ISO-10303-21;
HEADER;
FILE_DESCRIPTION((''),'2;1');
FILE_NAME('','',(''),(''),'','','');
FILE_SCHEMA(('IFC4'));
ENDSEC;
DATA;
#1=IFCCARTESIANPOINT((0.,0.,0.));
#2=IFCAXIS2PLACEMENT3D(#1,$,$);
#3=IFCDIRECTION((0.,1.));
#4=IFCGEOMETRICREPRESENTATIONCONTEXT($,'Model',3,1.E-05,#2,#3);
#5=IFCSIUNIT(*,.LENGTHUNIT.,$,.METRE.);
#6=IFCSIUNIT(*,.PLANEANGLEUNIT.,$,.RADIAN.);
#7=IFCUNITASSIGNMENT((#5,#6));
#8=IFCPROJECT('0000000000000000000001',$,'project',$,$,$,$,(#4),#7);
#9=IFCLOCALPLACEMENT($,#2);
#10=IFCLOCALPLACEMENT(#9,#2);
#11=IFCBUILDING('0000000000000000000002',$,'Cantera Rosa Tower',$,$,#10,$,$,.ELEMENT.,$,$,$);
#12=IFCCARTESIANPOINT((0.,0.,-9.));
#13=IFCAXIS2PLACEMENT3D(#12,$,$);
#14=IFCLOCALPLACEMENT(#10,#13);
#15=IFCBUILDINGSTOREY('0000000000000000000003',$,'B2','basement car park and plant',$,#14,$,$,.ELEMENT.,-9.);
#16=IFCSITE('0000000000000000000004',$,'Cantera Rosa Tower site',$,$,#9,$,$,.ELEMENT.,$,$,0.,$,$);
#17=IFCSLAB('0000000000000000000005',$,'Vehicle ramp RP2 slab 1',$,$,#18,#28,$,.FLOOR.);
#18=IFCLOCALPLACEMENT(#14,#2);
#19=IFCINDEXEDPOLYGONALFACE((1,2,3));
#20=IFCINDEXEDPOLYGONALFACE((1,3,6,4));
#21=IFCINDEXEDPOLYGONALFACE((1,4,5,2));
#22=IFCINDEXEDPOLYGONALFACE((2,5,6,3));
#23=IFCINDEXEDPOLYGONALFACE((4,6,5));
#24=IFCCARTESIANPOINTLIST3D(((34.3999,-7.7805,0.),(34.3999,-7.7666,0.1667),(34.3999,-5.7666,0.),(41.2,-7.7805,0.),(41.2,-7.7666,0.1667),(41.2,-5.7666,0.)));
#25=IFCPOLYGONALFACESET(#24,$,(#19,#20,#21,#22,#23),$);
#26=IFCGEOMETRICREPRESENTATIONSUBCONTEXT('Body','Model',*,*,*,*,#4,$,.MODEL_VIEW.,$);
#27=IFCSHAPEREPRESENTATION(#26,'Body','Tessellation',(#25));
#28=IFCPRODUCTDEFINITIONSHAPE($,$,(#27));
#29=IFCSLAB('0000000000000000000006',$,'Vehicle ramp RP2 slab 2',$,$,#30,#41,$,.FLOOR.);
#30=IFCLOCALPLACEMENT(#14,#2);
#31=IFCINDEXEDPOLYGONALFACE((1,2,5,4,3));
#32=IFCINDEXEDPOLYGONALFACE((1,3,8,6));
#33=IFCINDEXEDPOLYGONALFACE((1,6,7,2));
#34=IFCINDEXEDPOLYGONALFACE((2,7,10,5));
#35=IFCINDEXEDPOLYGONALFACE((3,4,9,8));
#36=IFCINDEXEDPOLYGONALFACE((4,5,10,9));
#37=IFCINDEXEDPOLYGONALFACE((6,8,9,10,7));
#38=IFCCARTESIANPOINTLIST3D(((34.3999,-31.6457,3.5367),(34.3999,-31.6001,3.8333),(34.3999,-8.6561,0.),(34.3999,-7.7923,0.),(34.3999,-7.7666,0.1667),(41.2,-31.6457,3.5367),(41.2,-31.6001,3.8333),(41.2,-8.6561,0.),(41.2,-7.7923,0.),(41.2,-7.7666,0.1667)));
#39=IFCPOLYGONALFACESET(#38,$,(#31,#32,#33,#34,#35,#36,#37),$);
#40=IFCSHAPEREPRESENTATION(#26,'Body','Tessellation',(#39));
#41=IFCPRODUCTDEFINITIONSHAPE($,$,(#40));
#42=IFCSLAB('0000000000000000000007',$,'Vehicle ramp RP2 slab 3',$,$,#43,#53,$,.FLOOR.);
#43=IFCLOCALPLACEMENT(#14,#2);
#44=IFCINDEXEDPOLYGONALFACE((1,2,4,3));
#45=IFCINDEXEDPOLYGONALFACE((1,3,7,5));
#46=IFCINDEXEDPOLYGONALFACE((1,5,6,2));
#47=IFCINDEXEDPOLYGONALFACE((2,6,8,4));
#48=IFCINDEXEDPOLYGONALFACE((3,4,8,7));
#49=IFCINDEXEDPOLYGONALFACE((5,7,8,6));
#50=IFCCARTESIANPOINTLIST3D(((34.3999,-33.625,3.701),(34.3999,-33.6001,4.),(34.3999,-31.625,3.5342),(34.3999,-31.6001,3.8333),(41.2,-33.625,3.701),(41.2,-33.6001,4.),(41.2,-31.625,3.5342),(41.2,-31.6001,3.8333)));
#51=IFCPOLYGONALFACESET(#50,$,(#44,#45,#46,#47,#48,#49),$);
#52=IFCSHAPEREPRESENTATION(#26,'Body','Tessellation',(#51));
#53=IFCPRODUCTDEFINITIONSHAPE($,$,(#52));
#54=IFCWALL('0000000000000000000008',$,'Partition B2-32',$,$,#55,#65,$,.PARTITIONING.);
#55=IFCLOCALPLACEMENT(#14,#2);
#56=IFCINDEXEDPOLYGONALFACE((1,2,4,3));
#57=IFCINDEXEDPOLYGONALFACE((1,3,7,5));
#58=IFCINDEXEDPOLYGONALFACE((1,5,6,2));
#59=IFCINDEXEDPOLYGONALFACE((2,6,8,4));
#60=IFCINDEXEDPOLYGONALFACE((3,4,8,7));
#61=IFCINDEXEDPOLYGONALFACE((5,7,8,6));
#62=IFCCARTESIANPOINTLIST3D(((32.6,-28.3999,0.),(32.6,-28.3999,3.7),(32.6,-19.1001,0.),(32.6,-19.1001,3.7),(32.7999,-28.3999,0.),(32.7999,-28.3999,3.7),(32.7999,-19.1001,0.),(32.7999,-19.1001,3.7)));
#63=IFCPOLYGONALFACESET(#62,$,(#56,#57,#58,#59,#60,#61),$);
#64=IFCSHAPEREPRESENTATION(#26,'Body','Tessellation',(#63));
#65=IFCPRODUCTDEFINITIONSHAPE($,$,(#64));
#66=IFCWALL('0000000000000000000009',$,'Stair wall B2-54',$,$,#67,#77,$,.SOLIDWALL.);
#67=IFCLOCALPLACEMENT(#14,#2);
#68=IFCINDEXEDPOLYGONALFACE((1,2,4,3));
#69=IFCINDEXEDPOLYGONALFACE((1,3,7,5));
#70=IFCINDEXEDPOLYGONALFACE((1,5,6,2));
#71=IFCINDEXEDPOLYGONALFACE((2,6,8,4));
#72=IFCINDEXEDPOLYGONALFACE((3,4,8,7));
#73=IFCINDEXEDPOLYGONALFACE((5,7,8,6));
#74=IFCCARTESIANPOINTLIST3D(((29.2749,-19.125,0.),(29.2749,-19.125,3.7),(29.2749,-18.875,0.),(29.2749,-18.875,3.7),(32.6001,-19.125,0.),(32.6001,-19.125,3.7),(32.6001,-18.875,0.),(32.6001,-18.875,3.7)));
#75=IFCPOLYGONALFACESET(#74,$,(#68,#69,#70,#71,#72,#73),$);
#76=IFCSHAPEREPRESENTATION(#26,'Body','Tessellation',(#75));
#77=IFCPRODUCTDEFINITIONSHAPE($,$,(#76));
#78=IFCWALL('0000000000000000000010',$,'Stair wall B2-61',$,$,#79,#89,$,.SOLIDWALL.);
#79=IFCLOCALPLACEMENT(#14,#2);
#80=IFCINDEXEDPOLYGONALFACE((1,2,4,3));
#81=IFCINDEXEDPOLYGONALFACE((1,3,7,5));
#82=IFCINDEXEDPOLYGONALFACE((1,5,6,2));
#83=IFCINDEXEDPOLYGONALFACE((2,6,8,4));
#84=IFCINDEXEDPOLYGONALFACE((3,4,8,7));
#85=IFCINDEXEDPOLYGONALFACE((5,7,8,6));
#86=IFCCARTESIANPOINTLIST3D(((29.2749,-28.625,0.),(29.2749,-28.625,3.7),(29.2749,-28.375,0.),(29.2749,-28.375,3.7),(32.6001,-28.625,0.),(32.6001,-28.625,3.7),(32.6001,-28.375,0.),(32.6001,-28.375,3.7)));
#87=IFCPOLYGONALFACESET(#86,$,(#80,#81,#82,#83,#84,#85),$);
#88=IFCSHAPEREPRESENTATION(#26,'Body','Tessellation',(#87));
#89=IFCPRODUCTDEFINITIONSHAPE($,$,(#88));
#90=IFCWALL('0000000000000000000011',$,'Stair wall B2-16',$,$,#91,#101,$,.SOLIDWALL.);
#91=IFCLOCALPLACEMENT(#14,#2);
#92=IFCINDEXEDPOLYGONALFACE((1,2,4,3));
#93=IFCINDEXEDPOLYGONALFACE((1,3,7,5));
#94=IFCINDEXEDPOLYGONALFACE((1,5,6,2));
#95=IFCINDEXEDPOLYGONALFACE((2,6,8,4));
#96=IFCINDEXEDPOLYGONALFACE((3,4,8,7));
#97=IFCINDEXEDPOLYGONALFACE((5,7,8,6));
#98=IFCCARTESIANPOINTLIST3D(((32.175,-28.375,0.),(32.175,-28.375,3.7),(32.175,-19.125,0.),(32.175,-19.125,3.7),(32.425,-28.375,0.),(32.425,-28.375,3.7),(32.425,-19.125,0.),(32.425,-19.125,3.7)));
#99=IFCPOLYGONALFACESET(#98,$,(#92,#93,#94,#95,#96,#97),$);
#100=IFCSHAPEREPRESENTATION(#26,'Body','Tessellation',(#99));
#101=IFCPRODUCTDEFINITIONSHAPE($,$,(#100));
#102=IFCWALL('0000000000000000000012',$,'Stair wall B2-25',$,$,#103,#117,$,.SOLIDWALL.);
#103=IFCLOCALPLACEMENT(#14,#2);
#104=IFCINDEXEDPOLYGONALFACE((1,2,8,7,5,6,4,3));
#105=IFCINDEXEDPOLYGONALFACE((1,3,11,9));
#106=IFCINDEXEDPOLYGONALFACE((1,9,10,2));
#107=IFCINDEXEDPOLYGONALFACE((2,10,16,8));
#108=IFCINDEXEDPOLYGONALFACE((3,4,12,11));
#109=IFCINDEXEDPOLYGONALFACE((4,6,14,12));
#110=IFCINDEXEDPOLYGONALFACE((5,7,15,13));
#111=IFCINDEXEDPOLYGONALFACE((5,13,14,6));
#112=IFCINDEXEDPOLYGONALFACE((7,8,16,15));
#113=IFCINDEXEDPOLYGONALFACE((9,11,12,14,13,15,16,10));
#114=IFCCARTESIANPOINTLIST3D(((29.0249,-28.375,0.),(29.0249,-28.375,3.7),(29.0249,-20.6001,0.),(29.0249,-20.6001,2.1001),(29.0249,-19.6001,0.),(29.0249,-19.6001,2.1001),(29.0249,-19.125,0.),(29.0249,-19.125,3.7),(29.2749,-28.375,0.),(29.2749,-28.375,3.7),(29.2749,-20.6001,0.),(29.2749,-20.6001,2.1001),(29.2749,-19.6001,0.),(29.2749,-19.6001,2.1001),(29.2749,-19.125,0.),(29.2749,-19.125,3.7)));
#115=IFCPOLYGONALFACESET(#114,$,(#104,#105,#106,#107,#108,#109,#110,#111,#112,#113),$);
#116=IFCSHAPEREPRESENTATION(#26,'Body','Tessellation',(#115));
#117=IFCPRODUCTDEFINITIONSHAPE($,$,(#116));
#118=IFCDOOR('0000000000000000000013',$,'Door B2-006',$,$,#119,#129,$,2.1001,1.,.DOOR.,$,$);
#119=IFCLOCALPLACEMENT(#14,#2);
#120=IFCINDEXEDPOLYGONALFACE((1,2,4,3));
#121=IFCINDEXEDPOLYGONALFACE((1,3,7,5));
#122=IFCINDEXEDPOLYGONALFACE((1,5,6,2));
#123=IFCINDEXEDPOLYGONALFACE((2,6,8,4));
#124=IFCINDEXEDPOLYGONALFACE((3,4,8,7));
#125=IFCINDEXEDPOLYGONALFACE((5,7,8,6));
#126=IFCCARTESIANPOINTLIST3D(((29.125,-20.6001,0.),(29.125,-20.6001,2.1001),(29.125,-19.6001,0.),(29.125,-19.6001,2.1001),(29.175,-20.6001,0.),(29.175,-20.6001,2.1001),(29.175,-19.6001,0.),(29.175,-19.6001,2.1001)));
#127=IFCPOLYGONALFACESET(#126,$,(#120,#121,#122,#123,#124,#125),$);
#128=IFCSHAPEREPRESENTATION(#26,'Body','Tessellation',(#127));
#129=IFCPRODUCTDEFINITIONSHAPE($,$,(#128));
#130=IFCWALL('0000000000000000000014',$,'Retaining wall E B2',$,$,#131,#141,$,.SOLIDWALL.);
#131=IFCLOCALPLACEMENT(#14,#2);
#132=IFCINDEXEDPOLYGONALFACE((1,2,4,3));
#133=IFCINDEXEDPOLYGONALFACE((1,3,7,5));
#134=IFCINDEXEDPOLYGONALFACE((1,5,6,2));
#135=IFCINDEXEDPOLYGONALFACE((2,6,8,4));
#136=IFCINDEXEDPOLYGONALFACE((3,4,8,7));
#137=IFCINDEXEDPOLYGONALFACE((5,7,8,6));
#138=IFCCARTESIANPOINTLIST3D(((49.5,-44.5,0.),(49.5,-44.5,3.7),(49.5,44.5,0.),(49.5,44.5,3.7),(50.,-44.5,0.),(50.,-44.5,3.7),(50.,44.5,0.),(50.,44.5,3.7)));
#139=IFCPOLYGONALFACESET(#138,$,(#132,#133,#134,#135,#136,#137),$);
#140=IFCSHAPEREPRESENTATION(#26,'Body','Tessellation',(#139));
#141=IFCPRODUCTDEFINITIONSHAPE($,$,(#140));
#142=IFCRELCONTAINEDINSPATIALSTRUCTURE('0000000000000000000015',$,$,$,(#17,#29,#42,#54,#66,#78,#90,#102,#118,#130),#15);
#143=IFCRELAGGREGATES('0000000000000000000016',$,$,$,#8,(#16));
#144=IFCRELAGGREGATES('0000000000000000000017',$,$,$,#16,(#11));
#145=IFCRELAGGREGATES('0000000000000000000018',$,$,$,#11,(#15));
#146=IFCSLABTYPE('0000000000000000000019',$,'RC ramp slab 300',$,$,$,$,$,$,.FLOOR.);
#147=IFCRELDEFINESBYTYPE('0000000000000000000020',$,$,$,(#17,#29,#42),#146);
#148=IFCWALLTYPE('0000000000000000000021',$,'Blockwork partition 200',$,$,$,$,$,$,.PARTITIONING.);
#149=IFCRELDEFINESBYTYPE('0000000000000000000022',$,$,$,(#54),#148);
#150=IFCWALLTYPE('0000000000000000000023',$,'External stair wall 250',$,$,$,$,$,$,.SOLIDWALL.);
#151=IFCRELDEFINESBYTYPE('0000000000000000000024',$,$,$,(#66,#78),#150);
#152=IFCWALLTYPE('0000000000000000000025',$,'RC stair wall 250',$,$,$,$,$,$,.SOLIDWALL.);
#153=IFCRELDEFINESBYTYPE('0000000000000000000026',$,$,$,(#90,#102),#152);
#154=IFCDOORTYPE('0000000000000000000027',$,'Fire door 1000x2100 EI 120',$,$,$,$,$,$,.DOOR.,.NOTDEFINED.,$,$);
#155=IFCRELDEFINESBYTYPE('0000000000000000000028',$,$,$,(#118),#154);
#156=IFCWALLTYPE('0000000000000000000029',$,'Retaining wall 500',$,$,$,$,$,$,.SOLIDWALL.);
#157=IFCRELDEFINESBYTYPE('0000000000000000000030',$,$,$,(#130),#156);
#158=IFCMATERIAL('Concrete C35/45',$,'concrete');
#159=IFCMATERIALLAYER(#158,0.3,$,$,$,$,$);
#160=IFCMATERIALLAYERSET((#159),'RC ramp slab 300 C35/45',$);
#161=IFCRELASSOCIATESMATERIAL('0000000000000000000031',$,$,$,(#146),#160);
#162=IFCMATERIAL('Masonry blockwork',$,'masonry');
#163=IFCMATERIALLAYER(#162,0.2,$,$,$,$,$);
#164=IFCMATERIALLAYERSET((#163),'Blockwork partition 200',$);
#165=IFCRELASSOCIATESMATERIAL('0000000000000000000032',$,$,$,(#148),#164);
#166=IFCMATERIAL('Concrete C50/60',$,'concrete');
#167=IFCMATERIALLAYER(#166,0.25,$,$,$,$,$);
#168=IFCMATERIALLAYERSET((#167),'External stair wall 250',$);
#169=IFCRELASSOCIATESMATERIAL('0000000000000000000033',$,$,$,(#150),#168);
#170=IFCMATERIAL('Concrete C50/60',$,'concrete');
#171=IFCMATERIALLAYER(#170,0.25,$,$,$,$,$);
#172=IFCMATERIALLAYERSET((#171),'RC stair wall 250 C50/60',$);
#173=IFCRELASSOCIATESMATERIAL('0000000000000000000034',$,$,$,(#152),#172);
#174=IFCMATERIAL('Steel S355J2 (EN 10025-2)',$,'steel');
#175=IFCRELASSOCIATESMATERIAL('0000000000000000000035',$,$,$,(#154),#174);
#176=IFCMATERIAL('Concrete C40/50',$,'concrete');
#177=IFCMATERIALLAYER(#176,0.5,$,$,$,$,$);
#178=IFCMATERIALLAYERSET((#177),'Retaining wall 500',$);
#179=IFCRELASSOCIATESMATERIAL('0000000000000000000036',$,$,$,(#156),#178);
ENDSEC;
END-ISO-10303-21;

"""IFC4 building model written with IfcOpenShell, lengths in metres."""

from ifc_helpers import new_model, si_unit, direction, frame, frame_2d, origin, place, context, subcontext, project, spatial, polyline, rectangle, outline, extrude, clip, halfspace, material, layer, layer_set, type_object, element, fill, save


model = new_model("IFC4")

# Units and contexts
model_context = context("Model", 3, precision=1e-05, world=origin(), true_north=direction((0.0, 1.0)))
body_context = subcontext(model_context, "Body", "Model", "MODEL_VIEW")
ifc_project = project(units=[si_unit("LENGTHUNIT", "METRE"), si_unit("PLANEANGLEUNIT", "RADIAN")], contexts=[model_context])

# Site, building, storey
site_placement = place(None, origin())
site = spatial("IfcSite", under=ifc_project, at=site_placement, Name="Cantera Rosa Tower site", CompositionType="ELEMENT", RefElevation=0.0)
building_placement = place(site_placement, origin())
building = spatial("IfcBuilding", under=site, at=building_placement, Name="Cantera Rosa Tower", CompositionType="ELEMENT")
storey_placement = place(building_placement, frame((0.0, 0.0, -9.0)))
storey = spatial("IfcBuildingStorey", under=building, at=storey_placement, Name="B2", Description="basement car park and plant", CompositionType="ELEMENT", Elevation=-9.0)

# Slabs
ifc_material_1 = material(Name="Concrete C35/45", Category="concrete")
ifc_layer_1 = layer(ifc_material_1, 0.3)
ifc_layer_set_1 = layer_set([ifc_layer_1], Name="RC ramp slab 300 C35/45")
slab_type = type_object("IfcSlabType", Name="RC ramp slab 300", PredefinedType="FLOOR", material=ifc_layer_set_1)
slab_1_placement = place(storey_placement, frame((34.3999, -5.7666, 0.0), z_axis=(0.0, 0.083086, 0.996542), x_axis=(1.0, 0.0, 0.0)))
element("IfcSlab", 1, at=slab_1_placement, inside=storey, type_object=slab_type, Name="Vehicle ramp RP2 slab 1", PredefinedType="FLOOR", context=body_context, shape_type="Clipping", body=[
    clip(extrude(outline(polyline([(0.0, 0.0), (6.8, 0.0), (6.8, -2.0069), (0.0, -2.0069), (0.0, 0.0)])), origin(), (0.0, 0.0, -1.0), 0.3), halfspace(frame((0.0, 0.0, 0.0), z_axis=(0.0, -0.083086, 0.996542), x_axis=(1.0, 0.0, 0.0)), True)),
])
slab_2_placement = place(storey_placement, frame((34.3999, -7.7666, 0.1667), z_axis=(0.0, 0.15205, 0.988373), x_axis=(1.0, 0.0, 0.0)))
element("IfcSlab", 2, at=slab_2_placement, inside=storey, type_object=slab_type, Name="Vehicle ramp RP2 slab 2", PredefinedType="FLOOR", context=body_context, shape_type="Clipping", body=[
    clip(extrude(outline(polyline([(0.0, 0.0), (6.8, 0.0), (6.8, -24.1139), (0.0, -24.1139), (0.0, 0.0)])), origin(), (0.0, 0.0, -1.0), 0.3), halfspace(frame((0.0, 0.0254, -0.1648), z_axis=(0.0, -0.15205, 0.988373), x_axis=(1.0, 0.0, 0.0)), True)),
])
slab_3_placement = place(storey_placement, frame((34.3999, -31.6001, 3.8333), z_axis=(0.0, 0.083086, 0.996542), x_axis=(1.0, 0.0, 0.0)))
element("IfcSlab", 3, at=slab_3_placement, inside=storey, type_object=slab_type, Name="Vehicle ramp RP2 slab 3", PredefinedType="FLOOR", context=body_context, shape_type="Clipping", body=[
    clip(extrude(outline(polyline([(0.0, 0.0), (6.8, 0.0), (6.8, -2.0069), (0.0, -2.0069), (0.0, 0.0)])), origin(), (0.0, 0.0, -1.0), 0.3), halfspace(frame((0.0, 0.3186, -3.8201), z_axis=(0.0, -0.083086, 0.996542), x_axis=(1.0, 0.0, 0.0)), True)),
])

# Walls
ifc_material_2 = material(Name="Masonry blockwork", Category="masonry")
ifc_layer_2 = layer(ifc_material_2, 0.2)
ifc_layer_set_2 = layer_set([ifc_layer_2], Name="Blockwork partition 200")
wall_type_1 = type_object("IfcWallType", Name="Blockwork partition 200", PredefinedType="PARTITIONING", material=ifc_layer_set_2)
wall_1_placement = place(storey_placement, frame((32.7, -28.3999, 0.0), z_axis=(0.0, 0.0, 1.0), x_axis=(0.0, 1.0, 0.0)))
element("IfcWall", 4, at=wall_1_placement, inside=storey, type_object=wall_type_1, Name="Partition B2-32", PredefinedType="PARTITIONING", context=body_context, shape_type="SweptSolid", body=[
    extrude(rectangle(XDim=9.2998, YDim=0.2, at=frame_2d((4.6499, 0.0))), origin(), (0.0, 0.0, 1.0), 3.7),
])
ifc_material_3 = material(Name="Concrete C50/60", Category="concrete")
ifc_layer_3 = layer(ifc_material_3, 0.25)
ifc_layer_set_3 = layer_set([ifc_layer_3], Name="External stair wall 250")
wall_type_2 = type_object("IfcWallType", Name="External stair wall 250", PredefinedType="SOLIDWALL", material=ifc_layer_set_3)
for number, where, z_axis, x_axis, name in (
    (5, (29.2749, -19.0, 0.0), (0.0, 0.0, 1.0), (1.0, 0.0, 0.0), "Stair wall B2-54"),
    (6, (32.6001, -28.5, 0.0), (0.0, 0.0, 1.0), (-1.0, 0.0, 0.0), "Stair wall B2-61"),
):
    element("IfcWall", number, at=place(storey_placement, frame(where, z_axis=z_axis, x_axis=x_axis)), inside=storey, type_object=wall_type_2, Name=name, PredefinedType="SOLIDWALL", context=body_context, shape_type="SweptSolid", body=[
        extrude(rectangle(XDim=3.3252, YDim=0.25, at=frame_2d((1.6626, 0.0))), origin(), (0.0, 0.0, 1.0), 3.7),
    ])
ifc_material_4 = material(Name="Concrete C50/60", Category="concrete")
ifc_layer_4 = layer(ifc_material_4, 0.25)
ifc_layer_set_4 = layer_set([ifc_layer_4], Name="RC stair wall 250 C50/60")
wall_type_3 = type_object("IfcWallType", Name="RC stair wall 250", PredefinedType="SOLIDWALL", material=ifc_layer_set_4)
wall_2_placement = place(storey_placement, frame((32.3, -28.375, 0.0), z_axis=(0.0, 0.0, 1.0), x_axis=(0.0, 1.0, 0.0)))
element("IfcWall", 7, at=wall_2_placement, inside=storey, type_object=wall_type_3, Name="Stair wall B2-16", PredefinedType="SOLIDWALL", context=body_context, shape_type="SweptSolid", body=[
    extrude(rectangle(XDim=9.25, YDim=0.25, at=frame_2d((4.625, 0.0))), origin(), (0.0, 0.0, 1.0), 3.7),
])

# Wall, opening, door
wall_3_placement = place(storey_placement, frame((29.1499, -28.375, 0.0), z_axis=(0.0, 0.0, 1.0), x_axis=(0.0, 1.0, 0.0)))
wall_3 = element("IfcWall", 8, at=wall_3_placement, inside=storey, type_object=wall_type_3, Name="Stair wall B2-25", PredefinedType="SOLIDWALL", context=body_context, shape_type="SweptSolid", body=[
    extrude(rectangle(XDim=9.25, YDim=0.25, at=frame_2d((4.625, 0.0))), origin(), (0.0, 0.0, 1.0), 3.7),
])
opening_placement = place(wall_3_placement, frame((7.7749, 0.0, 0.0)))
opening = element("IfcOpeningElement", 9, at=opening_placement, cuts=wall_3, PredefinedType="OPENING", context=body_context, shape_type="SweptSolid", body=[
    extrude(rectangle(XDim=1.0, YDim=2.1001, at=frame_2d((0.5, 1.05))), frame((0.0, 0.135, 0.0), z_axis=(0.0, -1.0, 0.0), x_axis=(1.0, 0.0, 0.0)), (0.0, 0.0, 1.0), 0.27),
])
ifc_material_5 = material(Name="Steel S355J2 (EN 10025-2)", Category="steel")
door_type = type_object("IfcDoorType", Name="Fire door 1000x2100 EI 120", OperationType="NOTDEFINED", PredefinedType="DOOR", material=ifc_material_5)
door_placement = place(opening_placement, origin())
door = element("IfcDoor", 10, at=door_placement, inside=storey, type_object=door_type, Name="Door B2-006", OverallHeight=2.1001, OverallWidth=1.0, PredefinedType="DOOR", context=body_context, shape_type="SweptSolid", body=[
    extrude(rectangle(XDim=1.0, YDim=2.1001, at=frame_2d((0.5, 1.05))), frame((0.0, 0.0249, 0.0), z_axis=(0.0, -1.0, 0.0), x_axis=(1.0, 0.0, 0.0)), (0.0, 0.0, 1.0), 0.05),
])
fill(opening, door)

# Wall
ifc_material_6 = material(Name="Concrete C40/50", Category="concrete")
ifc_layer_5 = layer(ifc_material_6, 0.5)
ifc_layer_set_5 = layer_set([ifc_layer_5], Name="Retaining wall 500")
wall_type_4 = type_object("IfcWallType", Name="Retaining wall 500", PredefinedType="SOLIDWALL", material=ifc_layer_set_5)
wall_4_placement = place(storey_placement, frame((49.75, -44.5, 0.0), z_axis=(0.0, 0.0, 1.0), x_axis=(0.0, 1.0, 0.0)))
element("IfcWall", 11, at=wall_4_placement, inside=storey, type_object=wall_type_4, Name="Retaining wall E B2", PredefinedType="SOLIDWALL", context=body_context, shape_type="SweptSolid", body=[
    extrude(rectangle(XDim=89.0, YDim=0.5, at=frame_2d((44.5, 0.0))), origin(), (0.0, 0.0, 1.0), 3.7),
])

save(model, "model.ifc")
